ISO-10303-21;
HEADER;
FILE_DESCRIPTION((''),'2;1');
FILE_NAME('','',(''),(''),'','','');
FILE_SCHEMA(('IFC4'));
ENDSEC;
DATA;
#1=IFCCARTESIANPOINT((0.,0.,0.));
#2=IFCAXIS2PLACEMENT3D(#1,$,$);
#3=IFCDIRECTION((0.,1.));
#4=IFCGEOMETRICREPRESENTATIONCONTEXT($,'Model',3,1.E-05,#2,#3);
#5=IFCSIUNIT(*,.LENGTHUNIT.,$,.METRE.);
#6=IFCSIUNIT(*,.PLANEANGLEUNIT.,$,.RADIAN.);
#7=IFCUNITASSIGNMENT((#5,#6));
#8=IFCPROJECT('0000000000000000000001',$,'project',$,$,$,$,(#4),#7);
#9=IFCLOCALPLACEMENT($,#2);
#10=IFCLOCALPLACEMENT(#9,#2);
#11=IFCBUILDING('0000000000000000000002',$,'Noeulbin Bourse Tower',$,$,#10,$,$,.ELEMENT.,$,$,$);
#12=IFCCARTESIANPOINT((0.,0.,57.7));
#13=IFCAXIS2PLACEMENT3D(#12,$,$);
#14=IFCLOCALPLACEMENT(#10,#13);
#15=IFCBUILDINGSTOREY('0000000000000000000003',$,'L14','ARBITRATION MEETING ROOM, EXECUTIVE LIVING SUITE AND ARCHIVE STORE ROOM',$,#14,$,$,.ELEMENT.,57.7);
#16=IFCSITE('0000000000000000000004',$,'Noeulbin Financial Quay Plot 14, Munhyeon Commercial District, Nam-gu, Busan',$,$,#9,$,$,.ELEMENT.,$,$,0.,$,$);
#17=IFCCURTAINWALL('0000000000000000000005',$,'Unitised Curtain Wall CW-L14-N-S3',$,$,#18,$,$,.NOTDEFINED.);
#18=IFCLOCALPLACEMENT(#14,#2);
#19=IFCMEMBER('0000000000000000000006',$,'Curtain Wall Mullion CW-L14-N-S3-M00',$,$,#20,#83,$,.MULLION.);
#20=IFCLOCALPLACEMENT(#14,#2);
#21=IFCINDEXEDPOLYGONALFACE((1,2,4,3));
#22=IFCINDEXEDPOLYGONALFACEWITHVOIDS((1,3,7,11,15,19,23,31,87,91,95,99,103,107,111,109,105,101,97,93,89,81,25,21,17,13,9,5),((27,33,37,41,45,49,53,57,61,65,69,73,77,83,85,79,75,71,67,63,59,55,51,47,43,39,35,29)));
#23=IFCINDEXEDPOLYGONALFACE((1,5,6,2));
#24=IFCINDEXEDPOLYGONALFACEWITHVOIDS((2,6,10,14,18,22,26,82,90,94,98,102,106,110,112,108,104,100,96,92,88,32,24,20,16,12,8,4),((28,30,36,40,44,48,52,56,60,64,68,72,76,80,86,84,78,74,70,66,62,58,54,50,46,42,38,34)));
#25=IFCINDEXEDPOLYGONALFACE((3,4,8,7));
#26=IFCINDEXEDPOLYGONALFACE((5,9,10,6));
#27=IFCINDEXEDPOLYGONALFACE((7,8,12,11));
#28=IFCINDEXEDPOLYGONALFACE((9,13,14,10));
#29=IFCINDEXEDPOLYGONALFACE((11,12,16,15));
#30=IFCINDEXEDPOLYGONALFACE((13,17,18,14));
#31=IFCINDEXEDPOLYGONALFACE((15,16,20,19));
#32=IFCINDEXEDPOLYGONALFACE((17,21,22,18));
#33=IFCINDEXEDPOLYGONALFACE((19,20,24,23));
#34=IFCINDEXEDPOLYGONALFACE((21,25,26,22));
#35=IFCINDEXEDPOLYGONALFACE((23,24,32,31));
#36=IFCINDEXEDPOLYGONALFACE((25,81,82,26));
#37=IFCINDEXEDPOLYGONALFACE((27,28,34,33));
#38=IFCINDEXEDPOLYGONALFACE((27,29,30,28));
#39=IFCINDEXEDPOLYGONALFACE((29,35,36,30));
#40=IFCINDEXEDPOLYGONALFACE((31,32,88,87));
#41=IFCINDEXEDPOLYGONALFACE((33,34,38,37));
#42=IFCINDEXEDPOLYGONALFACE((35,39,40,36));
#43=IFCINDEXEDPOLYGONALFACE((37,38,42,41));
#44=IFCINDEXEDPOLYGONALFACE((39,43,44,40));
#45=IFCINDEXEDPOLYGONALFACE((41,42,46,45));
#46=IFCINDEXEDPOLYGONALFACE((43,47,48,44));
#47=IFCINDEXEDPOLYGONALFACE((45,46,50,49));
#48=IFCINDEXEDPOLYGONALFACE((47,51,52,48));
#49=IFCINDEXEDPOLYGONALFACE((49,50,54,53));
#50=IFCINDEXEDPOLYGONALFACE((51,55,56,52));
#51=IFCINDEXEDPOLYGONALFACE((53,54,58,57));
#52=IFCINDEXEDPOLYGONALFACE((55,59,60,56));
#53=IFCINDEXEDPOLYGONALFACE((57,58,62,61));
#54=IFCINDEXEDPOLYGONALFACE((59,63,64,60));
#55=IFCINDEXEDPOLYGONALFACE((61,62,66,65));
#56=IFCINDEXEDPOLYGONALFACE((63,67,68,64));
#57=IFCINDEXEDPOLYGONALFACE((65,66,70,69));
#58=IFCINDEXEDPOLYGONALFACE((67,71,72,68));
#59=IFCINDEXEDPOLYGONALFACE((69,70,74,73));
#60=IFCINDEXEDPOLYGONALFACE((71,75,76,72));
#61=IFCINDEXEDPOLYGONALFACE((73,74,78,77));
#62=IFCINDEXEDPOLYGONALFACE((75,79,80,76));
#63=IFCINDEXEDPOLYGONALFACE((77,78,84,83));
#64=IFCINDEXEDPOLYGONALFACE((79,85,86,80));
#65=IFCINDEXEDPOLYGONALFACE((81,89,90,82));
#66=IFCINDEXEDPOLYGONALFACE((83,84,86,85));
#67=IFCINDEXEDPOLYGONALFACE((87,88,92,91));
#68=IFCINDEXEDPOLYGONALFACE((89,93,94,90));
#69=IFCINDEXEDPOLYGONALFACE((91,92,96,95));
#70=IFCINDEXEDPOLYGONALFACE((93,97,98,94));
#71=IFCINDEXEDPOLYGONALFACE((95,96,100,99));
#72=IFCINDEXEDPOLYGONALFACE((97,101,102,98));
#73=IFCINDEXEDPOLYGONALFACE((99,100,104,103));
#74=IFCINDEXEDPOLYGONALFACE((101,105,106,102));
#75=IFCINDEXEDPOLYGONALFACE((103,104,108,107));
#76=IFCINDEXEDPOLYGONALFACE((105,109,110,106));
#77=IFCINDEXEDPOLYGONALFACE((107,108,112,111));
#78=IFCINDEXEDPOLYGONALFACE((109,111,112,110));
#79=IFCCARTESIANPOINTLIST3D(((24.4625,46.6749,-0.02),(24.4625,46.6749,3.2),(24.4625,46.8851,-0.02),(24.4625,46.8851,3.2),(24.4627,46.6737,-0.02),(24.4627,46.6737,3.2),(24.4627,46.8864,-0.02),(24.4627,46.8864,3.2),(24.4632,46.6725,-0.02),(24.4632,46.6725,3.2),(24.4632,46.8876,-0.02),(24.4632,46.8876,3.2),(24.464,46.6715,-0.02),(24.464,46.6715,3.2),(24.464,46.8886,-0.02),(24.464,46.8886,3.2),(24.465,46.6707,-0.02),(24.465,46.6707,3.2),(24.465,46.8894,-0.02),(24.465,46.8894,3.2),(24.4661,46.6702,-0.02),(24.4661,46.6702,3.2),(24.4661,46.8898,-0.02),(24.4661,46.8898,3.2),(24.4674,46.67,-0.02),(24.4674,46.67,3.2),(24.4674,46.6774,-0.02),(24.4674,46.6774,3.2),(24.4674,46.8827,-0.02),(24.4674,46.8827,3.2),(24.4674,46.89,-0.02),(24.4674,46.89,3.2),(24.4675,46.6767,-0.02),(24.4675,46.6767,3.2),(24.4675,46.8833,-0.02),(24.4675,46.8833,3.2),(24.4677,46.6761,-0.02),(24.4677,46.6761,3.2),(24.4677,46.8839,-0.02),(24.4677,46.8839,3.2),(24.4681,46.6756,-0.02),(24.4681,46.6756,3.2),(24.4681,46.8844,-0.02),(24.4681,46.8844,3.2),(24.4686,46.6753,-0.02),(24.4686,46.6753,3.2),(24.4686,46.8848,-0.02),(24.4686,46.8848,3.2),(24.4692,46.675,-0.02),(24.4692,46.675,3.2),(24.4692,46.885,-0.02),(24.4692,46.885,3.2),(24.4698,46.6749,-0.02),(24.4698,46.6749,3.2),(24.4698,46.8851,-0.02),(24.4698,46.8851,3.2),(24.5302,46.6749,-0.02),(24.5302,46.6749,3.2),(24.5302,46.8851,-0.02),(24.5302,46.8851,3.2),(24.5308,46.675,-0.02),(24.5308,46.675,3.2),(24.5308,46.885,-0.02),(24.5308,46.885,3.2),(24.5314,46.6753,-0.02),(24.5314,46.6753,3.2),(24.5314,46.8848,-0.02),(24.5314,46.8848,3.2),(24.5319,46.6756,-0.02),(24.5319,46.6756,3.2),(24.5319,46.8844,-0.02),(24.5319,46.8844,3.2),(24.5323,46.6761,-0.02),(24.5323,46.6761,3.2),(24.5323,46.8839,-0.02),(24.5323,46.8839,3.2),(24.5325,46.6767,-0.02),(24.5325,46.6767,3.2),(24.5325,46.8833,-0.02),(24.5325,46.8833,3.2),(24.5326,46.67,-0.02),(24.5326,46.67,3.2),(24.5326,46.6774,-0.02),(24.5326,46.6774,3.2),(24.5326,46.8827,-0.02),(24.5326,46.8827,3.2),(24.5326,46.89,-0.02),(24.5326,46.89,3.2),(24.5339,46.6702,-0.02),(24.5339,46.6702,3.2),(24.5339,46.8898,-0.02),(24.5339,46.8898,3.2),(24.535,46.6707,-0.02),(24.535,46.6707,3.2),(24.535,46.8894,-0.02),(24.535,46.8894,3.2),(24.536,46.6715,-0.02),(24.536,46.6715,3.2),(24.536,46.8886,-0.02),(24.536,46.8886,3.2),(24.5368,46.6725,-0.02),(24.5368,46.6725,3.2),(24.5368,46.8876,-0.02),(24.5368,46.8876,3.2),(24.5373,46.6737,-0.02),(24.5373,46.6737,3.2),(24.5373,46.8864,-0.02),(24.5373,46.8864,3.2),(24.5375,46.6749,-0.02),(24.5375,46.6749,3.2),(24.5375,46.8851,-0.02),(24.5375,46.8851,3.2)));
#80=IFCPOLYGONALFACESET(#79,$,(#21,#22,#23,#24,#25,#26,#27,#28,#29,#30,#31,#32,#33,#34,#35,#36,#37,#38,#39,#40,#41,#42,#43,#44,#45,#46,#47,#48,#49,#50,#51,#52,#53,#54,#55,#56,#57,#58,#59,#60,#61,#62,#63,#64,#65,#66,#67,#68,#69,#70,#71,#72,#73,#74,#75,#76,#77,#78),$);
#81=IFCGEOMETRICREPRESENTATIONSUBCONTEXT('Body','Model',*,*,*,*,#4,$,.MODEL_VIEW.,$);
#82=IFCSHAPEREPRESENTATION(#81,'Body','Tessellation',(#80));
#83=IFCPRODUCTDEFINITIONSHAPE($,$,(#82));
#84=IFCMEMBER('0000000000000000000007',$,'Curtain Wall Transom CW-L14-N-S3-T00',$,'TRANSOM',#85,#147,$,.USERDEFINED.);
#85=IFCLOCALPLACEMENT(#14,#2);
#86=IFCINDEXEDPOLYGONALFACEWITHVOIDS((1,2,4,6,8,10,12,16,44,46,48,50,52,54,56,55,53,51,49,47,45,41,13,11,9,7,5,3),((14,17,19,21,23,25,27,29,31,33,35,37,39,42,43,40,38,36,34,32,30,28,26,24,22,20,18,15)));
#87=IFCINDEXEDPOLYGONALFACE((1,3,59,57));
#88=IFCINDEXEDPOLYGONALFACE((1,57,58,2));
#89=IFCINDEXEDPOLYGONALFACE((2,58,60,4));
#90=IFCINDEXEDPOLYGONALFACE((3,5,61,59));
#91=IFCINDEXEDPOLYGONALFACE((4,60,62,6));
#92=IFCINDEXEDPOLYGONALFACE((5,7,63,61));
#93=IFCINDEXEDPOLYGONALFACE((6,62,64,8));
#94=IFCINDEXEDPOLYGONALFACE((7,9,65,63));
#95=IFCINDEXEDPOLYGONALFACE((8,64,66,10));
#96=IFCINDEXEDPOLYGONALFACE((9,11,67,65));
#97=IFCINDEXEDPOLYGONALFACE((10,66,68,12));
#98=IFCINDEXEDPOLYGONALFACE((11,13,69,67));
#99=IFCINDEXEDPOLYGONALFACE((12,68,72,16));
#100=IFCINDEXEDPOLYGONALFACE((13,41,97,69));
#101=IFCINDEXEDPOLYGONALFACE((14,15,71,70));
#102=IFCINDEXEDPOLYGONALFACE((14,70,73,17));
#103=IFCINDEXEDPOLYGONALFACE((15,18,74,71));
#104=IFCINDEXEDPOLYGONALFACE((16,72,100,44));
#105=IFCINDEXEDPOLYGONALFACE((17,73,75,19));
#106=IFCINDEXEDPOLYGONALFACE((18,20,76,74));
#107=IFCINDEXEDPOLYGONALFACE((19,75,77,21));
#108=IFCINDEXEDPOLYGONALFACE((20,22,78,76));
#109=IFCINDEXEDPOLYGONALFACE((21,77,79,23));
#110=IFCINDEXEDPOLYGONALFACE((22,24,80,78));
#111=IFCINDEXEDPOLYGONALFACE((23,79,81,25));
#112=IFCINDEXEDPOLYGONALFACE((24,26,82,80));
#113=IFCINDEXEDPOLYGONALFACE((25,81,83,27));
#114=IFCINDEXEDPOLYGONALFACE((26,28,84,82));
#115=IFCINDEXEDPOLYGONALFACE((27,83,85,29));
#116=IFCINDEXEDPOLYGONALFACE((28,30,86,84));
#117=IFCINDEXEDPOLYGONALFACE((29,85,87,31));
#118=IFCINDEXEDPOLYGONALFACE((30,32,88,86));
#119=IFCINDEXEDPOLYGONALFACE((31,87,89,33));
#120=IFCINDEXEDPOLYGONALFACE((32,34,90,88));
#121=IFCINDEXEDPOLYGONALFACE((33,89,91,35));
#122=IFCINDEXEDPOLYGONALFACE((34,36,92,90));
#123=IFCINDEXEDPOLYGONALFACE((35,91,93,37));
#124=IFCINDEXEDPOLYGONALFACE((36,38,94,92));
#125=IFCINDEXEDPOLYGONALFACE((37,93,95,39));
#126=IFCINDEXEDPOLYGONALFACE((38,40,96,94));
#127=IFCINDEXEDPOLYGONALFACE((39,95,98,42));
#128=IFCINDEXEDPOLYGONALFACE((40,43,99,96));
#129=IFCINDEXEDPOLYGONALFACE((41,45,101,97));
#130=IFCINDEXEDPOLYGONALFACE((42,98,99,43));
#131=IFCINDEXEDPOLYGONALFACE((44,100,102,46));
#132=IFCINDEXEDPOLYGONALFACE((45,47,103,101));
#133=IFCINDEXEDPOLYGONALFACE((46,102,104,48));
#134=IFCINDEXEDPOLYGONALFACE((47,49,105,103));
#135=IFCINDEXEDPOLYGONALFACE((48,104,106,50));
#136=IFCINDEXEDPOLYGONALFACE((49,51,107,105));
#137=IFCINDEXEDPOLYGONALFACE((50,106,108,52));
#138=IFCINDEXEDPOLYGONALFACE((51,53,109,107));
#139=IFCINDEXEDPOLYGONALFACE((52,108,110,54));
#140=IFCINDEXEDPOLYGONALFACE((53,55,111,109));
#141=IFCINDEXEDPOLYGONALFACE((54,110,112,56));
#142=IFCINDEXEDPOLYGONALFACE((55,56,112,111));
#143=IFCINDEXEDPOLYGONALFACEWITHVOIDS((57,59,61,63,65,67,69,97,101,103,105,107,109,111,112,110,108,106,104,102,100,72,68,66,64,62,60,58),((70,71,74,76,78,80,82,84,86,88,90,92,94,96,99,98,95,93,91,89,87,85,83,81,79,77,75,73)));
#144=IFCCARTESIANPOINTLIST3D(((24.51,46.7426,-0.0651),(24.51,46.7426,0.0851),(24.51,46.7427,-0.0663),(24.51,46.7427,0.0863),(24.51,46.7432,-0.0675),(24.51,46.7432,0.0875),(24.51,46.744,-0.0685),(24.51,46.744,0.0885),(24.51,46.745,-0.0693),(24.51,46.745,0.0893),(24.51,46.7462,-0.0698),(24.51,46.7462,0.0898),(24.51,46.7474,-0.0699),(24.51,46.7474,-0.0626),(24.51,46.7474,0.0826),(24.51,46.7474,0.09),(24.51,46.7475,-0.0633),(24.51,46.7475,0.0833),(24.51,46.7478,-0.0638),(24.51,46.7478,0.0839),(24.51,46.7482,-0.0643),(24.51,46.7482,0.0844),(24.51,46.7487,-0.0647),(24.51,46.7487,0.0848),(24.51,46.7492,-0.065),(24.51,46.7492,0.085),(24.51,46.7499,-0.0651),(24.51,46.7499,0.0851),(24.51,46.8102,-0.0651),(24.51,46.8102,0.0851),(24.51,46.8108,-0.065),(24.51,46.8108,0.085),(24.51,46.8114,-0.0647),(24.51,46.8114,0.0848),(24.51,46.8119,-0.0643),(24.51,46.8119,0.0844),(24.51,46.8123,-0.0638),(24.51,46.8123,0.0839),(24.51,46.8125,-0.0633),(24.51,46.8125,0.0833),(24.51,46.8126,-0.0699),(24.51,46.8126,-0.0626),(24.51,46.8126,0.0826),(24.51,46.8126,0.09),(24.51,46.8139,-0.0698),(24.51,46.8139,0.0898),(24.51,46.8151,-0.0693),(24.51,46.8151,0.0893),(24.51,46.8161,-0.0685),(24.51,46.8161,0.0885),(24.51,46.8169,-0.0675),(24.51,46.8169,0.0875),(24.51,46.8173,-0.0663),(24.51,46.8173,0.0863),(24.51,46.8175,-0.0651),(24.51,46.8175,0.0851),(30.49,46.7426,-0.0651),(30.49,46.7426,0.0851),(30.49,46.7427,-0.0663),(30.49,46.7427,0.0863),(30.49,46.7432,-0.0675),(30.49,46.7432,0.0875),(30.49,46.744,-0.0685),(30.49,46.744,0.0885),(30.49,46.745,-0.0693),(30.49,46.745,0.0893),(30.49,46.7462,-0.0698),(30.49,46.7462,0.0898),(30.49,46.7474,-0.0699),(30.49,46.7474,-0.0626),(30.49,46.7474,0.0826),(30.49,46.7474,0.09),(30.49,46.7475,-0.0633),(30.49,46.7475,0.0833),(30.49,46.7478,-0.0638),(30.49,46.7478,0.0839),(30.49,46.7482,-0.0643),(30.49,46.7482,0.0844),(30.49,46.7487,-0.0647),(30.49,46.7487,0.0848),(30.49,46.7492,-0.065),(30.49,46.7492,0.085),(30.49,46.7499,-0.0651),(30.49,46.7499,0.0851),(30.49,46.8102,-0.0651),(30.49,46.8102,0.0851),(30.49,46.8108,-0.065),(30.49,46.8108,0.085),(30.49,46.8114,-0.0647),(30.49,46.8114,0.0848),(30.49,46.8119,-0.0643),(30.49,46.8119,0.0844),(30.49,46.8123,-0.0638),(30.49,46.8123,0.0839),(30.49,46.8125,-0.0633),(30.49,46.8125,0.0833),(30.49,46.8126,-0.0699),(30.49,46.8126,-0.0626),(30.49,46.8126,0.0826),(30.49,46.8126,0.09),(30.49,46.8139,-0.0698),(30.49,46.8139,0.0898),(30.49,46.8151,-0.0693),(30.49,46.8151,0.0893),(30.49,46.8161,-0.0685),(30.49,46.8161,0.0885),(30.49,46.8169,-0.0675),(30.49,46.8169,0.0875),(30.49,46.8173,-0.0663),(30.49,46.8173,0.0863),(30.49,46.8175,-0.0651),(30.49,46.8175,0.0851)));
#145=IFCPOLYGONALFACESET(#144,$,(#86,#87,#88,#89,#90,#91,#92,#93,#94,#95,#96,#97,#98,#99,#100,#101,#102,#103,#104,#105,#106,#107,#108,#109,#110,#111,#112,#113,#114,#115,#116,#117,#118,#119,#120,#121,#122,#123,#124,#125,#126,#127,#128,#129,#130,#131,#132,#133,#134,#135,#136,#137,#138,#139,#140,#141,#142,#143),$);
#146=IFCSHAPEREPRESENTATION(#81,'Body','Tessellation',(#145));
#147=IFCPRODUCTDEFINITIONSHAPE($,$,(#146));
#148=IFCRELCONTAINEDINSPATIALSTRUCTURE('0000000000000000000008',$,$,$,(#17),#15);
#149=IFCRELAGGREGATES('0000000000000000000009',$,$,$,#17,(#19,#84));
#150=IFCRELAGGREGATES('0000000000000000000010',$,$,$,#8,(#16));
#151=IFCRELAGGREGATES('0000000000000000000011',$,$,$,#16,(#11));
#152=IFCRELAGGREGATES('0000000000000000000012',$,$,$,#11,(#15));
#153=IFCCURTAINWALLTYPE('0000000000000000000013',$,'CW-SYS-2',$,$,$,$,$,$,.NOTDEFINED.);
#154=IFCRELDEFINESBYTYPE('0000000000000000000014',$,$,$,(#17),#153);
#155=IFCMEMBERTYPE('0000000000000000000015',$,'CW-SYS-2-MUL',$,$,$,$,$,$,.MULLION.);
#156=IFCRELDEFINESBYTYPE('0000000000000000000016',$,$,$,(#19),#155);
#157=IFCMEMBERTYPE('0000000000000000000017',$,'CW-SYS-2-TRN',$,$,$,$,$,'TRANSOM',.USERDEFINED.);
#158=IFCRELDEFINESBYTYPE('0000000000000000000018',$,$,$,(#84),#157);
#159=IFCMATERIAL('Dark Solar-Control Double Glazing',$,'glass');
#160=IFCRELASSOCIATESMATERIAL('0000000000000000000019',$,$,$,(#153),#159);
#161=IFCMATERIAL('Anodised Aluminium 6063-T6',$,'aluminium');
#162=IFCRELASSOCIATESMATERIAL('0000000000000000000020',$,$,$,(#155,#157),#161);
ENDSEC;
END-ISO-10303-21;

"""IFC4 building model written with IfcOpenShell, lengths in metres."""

from ifc_helpers import new_model, si_unit, direction, frame, origin, origin_2d, place, context, subcontext, project, spatial, hollow_rectangle, extrude, material, material_profile, profile_set, type_object, element, aggregate, save


model = new_model("IFC4")

# Units and contexts
model_context = context("Model", 3, precision=1e-05, world=origin(), true_north=direction((0.0, 1.0)))
body_context = subcontext(model_context, "Body", "Model", "MODEL_VIEW")
ifc_project = project(units=[si_unit("LENGTHUNIT", "METRE"), si_unit("PLANEANGLEUNIT", "RADIAN")], contexts=[model_context])

# Site, building, storey
site_placement = place(None, origin())
site = spatial("IfcSite", under=ifc_project, at=site_placement, Name="Noeulbin Financial Quay Plot 14, Munhyeon Commercial District, Nam-gu, Busan", CompositionType="ELEMENT", RefElevation=0.0)
building_placement = place(site_placement, origin())
building = spatial("IfcBuilding", under=site, at=building_placement, Name="Noeulbin Bourse Tower", CompositionType="ELEMENT")
storey_placement = place(building_placement, frame((0.0, 0.0, 57.7)))
storey = spatial("IfcBuildingStorey", under=building, at=storey_placement, Name="L14", Description="ARBITRATION MEETING ROOM, EXECUTIVE LIVING SUITE AND ARCHIVE STORE ROOM", CompositionType="ELEMENT", Elevation=57.7)

# Curtain wall, members
ifc_material_1 = material(Name="Dark Solar-Control Double Glazing", Category="glass")
curtain_wall_type = type_object("IfcCurtainWallType", Name="CW-SYS-2", PredefinedType="NOTDEFINED", material=ifc_material_1)
ifc_material_2 = material(Name="Anodised Aluminium 6063-T6", Category="aluminium")
ifc_material_profile_1 = material_profile(ifc_material_2, hollow_rectangle(XDim=0.075, YDim=0.22, WallThickness=0.0049, InnerFilletRadius=0.0024, OuterFilletRadius=0.0049, at=origin_2d()), Name="ALU-MULL-75x220x5", Category="LoadBearing")
ifc_profile_set_1 = profile_set([ifc_material_profile_1], Name="Anodised Aluminium 6063-T6")
member_type_1 = type_object("IfcMemberType", Name="CW-SYS-2-MUL", PredefinedType="MULLION", material=ifc_profile_set_1)
curtain_wall_1_placement = place(storey_placement, origin())
curtain_wall_1 = element("IfcCurtainWall", 1, at=curtain_wall_1_placement, inside=storey, type_object=curtain_wall_type, Name="Unitised Curtain Wall CW-L14-N-S3", PredefinedType="NOTDEFINED")
member_1_placement = place(storey_placement, frame((24.5, 46.78, -0.02), z_axis=(0.0, 0.0, 1.0), x_axis=(1.0, 0.0, 0.0)))
member_1 = element("IfcMember", 2, at=member_1_placement, type_object=member_type_1, Name="Curtain Wall Mullion CW-L14-N-S3-M00", PredefinedType="MULLION", context=body_context, shape_type="SweptSolid", body=[
    extrude(hollow_rectangle(XDim=0.075, YDim=0.22, WallThickness=0.0049, InnerFilletRadius=0.0024, OuterFilletRadius=0.0049, at=origin_2d()), origin(), (0.0, 0.0, 1.0), 3.22),
])
ifc_material_profile_2 = material_profile(ifc_material_2, hollow_rectangle(XDim=0.075, YDim=0.1599, WallThickness=0.0049, InnerFilletRadius=0.0024, OuterFilletRadius=0.0049, at=origin_2d()), Name="ALU-TRAN-75x160x5", Category="LoadBearing")
ifc_profile_set_2 = profile_set([ifc_material_profile_2], Name="Anodised Aluminium 6063-T6")
member_type_2 = type_object("IfcMemberType", Name="CW-SYS-2-TRN", ElementType="TRANSOM", PredefinedType="USERDEFINED", material=ifc_profile_set_2)
member_2_placement = place(storey_placement, frame((24.51, 46.78, 0.01), z_axis=(1.0, 0.0, 0.0), x_axis=(0.0, 1.0, 0.0)))
member_2 = element("IfcMember", 3, at=member_2_placement, type_object=member_type_2, Name="Curtain Wall Transom CW-L14-N-S3-T00", ObjectType="TRANSOM", PredefinedType="USERDEFINED", context=body_context, shape_type="SweptSolid", body=[
    extrude(hollow_rectangle(XDim=0.075, YDim=0.1599, WallThickness=0.0049, InnerFilletRadius=0.0024, OuterFilletRadius=0.0049, at=origin_2d()), origin(), (0.0, 0.0, 1.0), 5.98),
])

aggregate(curtain_wall_1, [member_1, member_2])

save(model, "model.ifc")
